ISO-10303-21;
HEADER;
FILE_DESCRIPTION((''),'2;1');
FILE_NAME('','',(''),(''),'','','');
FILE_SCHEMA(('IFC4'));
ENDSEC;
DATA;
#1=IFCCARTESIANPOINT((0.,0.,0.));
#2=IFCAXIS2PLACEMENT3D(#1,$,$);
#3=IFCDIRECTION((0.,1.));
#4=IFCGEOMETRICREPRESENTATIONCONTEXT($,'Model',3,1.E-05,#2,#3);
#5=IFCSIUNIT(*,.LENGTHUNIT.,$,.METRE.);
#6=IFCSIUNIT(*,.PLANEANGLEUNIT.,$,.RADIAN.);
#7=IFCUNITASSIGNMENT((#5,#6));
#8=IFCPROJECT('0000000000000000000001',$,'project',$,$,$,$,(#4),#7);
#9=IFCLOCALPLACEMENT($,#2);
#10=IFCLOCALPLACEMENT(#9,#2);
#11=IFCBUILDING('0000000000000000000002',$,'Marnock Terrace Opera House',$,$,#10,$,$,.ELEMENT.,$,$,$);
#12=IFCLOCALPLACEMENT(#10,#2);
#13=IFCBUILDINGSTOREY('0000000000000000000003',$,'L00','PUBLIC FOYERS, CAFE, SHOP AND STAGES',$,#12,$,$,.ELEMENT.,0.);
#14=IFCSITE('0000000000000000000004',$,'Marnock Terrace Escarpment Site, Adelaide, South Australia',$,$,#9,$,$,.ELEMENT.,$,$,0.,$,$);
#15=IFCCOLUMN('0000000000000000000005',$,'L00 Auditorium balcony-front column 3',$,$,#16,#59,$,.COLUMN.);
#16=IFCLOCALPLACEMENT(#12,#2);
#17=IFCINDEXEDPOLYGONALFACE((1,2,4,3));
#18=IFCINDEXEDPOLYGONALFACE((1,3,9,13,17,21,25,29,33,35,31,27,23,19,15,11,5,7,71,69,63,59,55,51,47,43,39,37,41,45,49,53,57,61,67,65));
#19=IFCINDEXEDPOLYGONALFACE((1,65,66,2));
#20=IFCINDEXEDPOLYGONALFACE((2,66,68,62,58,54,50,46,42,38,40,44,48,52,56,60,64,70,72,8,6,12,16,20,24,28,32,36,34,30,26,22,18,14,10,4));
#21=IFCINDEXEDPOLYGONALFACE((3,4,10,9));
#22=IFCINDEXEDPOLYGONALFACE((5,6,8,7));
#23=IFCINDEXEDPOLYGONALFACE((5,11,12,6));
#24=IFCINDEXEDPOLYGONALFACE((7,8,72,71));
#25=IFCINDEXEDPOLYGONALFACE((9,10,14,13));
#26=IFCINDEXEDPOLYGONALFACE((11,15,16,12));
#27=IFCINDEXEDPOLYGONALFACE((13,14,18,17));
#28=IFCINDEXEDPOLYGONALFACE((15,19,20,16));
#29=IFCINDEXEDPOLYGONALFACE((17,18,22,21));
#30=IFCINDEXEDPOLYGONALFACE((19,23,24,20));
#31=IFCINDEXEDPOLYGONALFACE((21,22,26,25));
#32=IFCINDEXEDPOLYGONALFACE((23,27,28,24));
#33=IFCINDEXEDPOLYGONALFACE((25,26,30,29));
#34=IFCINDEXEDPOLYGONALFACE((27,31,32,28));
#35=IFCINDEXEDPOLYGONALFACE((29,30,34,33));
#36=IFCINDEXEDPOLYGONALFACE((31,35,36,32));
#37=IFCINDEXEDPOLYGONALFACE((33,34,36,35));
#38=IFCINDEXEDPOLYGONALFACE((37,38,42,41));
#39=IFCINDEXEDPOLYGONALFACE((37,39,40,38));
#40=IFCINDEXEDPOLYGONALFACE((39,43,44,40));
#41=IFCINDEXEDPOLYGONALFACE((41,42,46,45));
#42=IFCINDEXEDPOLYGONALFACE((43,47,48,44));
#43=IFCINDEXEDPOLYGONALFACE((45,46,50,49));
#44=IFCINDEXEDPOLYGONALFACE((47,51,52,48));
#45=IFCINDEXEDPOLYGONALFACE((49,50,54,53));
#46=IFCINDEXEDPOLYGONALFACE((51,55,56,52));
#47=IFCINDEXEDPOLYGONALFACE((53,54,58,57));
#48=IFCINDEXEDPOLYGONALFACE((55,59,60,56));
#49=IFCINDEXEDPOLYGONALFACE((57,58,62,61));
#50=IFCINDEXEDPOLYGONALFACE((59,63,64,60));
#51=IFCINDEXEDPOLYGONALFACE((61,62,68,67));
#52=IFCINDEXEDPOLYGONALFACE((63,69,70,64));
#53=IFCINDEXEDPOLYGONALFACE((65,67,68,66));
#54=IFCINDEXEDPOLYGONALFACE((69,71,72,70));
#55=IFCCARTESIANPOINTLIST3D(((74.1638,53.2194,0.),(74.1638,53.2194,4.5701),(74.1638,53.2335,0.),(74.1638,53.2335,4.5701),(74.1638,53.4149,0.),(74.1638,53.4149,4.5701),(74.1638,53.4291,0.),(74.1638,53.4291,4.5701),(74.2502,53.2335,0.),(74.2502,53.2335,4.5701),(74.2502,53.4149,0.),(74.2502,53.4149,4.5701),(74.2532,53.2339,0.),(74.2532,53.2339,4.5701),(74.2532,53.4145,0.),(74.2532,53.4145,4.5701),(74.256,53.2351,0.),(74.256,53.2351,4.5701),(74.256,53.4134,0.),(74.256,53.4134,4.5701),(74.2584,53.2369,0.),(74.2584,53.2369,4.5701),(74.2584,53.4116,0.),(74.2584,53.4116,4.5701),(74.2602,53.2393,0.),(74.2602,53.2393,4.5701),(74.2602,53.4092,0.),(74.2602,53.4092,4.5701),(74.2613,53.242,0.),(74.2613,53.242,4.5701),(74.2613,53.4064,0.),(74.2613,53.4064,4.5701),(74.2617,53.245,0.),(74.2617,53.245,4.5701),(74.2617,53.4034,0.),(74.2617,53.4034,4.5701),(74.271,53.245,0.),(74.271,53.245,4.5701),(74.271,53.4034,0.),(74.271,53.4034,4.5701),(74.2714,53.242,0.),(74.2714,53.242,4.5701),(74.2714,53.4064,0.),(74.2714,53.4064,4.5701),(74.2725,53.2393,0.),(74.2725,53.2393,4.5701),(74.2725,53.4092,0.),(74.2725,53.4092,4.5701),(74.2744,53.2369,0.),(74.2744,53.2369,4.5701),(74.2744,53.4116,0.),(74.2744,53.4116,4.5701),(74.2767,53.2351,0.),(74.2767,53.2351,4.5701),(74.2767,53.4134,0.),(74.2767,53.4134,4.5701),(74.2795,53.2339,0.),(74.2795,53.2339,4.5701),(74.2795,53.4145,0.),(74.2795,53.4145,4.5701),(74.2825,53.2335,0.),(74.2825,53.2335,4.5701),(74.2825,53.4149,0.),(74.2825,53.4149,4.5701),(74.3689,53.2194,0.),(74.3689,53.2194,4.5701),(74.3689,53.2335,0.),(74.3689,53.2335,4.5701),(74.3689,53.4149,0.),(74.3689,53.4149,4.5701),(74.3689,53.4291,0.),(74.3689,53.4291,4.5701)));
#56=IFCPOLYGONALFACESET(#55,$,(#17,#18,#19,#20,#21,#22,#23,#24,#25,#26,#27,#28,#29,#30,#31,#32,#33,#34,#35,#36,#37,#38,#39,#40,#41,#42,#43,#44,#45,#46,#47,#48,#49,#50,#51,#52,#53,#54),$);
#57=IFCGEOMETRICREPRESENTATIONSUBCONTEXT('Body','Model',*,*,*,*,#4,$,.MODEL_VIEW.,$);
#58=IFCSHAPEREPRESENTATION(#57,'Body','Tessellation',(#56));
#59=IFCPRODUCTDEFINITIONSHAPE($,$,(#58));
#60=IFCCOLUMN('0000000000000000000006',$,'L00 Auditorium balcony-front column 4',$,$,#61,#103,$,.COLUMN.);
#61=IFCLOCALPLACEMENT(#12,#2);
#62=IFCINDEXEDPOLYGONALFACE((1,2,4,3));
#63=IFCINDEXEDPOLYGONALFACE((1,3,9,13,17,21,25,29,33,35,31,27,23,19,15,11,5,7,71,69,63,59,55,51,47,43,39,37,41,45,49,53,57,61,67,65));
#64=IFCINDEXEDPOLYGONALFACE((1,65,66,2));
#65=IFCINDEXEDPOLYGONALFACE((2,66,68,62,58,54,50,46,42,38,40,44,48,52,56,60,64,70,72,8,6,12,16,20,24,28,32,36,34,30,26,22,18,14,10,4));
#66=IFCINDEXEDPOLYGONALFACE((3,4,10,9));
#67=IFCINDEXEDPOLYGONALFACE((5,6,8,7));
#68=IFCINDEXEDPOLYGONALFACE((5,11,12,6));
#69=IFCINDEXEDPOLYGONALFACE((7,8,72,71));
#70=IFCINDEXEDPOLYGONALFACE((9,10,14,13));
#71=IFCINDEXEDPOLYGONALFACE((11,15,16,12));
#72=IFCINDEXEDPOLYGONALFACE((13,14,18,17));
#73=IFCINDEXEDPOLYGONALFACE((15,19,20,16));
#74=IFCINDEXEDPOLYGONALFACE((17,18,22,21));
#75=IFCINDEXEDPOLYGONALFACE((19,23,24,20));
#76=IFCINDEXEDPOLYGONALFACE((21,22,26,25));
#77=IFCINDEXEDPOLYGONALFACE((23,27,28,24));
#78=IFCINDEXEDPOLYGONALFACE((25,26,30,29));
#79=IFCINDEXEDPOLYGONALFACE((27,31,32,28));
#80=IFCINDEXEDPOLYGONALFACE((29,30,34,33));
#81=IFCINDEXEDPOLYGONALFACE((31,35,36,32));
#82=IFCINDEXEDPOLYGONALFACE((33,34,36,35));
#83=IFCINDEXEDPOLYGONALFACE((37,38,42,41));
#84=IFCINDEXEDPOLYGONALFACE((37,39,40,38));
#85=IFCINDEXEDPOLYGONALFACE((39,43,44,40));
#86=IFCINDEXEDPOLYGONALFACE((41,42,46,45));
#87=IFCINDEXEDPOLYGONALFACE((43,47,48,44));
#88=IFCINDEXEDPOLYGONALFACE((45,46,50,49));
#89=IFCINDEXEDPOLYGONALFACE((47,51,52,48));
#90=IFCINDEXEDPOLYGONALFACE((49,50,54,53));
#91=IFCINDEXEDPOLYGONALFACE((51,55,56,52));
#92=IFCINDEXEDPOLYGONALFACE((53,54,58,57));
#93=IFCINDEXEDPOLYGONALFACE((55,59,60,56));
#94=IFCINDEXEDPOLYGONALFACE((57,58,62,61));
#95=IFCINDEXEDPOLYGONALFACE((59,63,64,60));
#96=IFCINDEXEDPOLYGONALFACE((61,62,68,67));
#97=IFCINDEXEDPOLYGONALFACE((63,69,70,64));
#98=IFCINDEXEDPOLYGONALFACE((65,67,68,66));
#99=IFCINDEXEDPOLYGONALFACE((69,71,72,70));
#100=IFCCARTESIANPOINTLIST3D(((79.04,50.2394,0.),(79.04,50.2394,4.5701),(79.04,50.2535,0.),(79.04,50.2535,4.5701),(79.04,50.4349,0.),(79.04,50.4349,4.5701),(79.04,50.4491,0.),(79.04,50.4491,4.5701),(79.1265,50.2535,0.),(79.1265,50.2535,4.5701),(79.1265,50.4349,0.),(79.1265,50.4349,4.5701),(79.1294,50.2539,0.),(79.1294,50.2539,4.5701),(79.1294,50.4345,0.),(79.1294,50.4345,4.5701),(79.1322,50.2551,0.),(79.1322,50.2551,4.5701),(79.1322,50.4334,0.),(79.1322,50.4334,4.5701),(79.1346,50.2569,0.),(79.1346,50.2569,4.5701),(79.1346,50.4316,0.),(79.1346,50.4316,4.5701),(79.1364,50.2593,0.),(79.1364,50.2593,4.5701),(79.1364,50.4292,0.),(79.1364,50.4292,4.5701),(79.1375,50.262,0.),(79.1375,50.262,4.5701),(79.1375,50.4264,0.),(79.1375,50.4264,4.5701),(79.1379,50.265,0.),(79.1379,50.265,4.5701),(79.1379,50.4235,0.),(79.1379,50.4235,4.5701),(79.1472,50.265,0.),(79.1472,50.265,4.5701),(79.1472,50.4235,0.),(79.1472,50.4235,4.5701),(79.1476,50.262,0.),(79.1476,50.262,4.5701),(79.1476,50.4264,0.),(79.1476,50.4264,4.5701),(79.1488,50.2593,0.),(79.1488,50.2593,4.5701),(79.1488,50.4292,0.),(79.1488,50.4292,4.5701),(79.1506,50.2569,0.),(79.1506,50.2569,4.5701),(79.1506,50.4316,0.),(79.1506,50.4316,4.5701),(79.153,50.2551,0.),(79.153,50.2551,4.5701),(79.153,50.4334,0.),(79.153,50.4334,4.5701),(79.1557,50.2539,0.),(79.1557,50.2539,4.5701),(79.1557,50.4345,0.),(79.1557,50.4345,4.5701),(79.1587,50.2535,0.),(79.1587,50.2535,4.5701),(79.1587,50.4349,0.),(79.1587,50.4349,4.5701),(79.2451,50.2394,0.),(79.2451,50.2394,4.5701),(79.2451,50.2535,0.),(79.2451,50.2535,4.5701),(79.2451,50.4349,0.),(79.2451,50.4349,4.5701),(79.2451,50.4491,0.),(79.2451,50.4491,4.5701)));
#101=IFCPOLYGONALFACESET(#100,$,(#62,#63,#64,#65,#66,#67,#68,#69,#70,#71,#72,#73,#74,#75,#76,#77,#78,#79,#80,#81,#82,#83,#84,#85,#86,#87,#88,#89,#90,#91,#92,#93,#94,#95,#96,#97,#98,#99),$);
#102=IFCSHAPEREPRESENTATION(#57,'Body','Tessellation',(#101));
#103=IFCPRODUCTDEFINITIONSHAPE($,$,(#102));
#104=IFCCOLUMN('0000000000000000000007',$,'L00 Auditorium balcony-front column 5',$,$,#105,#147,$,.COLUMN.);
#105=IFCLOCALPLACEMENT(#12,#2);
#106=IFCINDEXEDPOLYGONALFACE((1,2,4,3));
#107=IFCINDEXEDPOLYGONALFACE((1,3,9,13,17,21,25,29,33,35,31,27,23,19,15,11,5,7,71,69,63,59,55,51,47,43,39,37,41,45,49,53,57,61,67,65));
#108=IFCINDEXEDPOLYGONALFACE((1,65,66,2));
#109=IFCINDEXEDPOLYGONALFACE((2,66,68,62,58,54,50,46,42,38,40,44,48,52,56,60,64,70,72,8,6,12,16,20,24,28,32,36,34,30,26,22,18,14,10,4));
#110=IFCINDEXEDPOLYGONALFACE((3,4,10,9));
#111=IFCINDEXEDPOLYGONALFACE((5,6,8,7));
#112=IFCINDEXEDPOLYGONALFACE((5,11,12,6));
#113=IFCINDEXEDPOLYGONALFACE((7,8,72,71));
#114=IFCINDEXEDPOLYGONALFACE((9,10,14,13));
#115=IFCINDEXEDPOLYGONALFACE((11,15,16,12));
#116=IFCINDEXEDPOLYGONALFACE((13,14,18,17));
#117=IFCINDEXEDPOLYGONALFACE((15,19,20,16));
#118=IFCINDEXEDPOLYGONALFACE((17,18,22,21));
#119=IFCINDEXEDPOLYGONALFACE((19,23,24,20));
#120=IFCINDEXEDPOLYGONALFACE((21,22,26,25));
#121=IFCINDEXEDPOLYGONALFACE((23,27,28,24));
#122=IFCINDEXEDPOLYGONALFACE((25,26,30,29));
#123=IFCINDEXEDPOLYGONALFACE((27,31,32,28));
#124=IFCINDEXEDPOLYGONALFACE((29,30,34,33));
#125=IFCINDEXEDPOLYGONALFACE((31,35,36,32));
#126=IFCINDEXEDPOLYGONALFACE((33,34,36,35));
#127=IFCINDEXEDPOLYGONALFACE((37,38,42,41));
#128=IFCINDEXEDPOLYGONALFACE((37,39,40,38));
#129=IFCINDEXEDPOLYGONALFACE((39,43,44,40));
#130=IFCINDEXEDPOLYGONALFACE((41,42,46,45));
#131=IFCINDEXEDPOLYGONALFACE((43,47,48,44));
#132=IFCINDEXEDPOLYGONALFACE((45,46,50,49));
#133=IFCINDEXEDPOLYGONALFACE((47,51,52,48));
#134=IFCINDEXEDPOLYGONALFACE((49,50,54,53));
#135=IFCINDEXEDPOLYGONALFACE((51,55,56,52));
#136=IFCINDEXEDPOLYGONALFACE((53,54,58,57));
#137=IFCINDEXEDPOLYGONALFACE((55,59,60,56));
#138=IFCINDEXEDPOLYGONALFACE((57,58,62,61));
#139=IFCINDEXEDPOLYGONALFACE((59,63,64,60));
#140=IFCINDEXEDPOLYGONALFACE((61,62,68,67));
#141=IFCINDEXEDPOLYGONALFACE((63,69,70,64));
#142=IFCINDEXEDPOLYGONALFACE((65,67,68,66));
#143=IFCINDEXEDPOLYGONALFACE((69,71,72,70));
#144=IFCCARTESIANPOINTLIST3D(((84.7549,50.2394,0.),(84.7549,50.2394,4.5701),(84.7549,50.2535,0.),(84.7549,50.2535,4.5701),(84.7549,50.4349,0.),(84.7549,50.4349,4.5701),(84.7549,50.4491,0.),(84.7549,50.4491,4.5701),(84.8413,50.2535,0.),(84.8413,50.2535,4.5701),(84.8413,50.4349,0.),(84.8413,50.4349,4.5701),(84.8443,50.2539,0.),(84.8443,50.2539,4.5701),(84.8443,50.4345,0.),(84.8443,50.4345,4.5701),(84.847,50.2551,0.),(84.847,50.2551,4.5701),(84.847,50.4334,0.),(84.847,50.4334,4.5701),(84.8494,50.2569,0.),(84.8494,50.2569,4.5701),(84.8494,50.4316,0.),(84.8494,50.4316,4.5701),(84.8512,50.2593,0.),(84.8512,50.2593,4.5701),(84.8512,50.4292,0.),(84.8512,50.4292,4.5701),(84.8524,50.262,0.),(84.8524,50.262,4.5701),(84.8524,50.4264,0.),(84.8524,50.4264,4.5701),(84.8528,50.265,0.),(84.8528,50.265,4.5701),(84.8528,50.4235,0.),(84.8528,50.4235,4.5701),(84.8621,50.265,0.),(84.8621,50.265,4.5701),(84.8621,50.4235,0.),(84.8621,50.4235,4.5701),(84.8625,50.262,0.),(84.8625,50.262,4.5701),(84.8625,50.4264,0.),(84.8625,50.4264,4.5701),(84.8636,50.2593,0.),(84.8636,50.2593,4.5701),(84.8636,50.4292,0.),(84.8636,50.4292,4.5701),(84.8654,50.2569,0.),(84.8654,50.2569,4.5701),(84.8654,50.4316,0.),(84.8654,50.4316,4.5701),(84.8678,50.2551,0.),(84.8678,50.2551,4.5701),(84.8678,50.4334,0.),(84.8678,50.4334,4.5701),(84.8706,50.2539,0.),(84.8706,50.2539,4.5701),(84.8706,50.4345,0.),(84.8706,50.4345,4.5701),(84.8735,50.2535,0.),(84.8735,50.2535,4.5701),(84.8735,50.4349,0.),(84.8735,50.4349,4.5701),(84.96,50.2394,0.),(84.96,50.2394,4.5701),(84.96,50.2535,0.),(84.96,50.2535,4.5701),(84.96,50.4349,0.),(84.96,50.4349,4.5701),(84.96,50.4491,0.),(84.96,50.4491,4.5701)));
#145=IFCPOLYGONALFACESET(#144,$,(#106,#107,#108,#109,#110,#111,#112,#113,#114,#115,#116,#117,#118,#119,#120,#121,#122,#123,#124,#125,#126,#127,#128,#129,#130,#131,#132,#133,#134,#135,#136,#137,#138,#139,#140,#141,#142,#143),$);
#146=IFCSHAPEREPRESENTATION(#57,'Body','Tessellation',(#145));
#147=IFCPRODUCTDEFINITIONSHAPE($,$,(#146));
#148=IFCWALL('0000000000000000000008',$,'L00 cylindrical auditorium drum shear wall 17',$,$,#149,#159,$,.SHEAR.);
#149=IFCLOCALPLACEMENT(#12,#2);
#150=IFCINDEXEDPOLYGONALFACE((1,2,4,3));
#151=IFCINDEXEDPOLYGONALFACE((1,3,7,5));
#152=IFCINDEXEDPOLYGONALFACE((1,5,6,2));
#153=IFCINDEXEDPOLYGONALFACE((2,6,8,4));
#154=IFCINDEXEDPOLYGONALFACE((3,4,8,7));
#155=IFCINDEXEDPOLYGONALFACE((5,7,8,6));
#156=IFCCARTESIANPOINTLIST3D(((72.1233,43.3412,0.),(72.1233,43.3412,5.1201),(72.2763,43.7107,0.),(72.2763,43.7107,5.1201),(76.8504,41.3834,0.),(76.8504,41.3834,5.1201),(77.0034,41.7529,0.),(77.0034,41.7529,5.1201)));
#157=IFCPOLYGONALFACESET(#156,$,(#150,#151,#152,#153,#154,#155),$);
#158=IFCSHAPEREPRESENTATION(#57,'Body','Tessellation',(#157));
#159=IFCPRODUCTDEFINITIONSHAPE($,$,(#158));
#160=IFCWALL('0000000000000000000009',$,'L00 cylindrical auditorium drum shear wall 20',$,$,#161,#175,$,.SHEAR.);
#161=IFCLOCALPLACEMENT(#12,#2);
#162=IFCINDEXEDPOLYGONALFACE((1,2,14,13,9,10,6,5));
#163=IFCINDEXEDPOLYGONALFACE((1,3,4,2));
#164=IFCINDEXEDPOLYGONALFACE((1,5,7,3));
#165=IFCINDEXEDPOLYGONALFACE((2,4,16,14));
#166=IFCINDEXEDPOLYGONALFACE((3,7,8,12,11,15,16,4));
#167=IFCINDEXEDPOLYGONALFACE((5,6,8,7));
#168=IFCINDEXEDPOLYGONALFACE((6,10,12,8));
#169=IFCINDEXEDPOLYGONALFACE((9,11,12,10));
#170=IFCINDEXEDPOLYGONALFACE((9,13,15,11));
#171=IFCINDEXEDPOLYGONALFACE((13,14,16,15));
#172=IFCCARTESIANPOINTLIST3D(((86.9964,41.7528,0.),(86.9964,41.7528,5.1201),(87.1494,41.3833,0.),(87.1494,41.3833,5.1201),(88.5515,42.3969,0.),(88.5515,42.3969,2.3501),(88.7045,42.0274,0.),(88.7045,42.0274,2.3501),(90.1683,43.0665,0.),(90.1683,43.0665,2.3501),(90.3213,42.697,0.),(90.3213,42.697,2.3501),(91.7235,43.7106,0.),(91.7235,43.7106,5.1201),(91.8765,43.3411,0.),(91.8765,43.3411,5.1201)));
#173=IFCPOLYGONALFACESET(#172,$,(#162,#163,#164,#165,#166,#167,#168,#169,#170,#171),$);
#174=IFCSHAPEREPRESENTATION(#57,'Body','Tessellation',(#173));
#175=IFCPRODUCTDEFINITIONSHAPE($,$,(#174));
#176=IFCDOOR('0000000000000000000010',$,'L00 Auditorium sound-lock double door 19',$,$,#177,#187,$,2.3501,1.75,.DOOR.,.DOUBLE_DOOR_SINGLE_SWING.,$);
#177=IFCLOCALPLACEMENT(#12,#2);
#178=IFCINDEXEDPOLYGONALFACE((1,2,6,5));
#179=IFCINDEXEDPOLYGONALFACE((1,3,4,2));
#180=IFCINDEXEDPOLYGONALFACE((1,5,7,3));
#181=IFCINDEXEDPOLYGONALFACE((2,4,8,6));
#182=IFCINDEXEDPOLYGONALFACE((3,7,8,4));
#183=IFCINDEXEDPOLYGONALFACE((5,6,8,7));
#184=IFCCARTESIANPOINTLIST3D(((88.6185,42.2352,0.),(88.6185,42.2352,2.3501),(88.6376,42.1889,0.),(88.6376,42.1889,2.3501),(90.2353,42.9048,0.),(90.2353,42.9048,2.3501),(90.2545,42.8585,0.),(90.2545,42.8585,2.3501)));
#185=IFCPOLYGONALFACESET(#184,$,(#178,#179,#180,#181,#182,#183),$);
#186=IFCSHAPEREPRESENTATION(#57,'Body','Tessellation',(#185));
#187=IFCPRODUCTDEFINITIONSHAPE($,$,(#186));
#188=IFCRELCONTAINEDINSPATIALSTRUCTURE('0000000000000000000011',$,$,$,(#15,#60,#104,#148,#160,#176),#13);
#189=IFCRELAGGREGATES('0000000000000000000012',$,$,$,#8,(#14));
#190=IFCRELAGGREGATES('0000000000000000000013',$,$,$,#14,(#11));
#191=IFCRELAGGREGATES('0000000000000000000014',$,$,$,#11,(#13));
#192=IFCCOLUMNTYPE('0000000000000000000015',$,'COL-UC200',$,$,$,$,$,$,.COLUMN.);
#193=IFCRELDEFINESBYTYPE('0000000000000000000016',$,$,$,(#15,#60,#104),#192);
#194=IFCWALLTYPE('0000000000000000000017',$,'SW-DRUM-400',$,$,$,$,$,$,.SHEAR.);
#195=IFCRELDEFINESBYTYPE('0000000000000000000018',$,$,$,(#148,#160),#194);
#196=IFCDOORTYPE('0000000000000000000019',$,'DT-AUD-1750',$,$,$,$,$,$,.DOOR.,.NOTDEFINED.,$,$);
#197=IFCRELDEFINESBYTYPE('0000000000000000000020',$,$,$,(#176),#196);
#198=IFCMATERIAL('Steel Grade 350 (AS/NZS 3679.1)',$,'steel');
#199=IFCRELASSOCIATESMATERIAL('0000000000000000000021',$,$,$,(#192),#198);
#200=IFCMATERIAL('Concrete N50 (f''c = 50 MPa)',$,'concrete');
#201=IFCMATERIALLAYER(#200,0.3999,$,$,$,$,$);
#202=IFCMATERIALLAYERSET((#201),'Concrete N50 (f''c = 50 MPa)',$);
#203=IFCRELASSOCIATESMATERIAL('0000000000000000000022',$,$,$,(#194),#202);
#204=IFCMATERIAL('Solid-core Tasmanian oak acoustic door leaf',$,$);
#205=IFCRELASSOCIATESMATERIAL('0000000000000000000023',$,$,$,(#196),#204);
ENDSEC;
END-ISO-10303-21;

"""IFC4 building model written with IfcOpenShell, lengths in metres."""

from ifc_helpers import new_model, si_unit, direction, frame, frame_2d, origin, origin_2d, place, context, subcontext, project, spatial, rectangle, i_section, extrude, material, layer, layer_set, material_profile, profile_set, type_object, element, fill, save


model = new_model("IFC4")

# Units and contexts
model_context = context("Model", 3, precision=1e-05, world=origin(), true_north=direction((0.0, 1.0)))
body_context = subcontext(model_context, "Body", "Model", "MODEL_VIEW")
ifc_project = project(units=[si_unit("LENGTHUNIT", "METRE"), si_unit("PLANEANGLEUNIT", "RADIAN")], contexts=[model_context])

# Site, building, storey
site_placement = place(None, origin())
site = spatial("IfcSite", under=ifc_project, at=site_placement, Name="Marnock Terrace Escarpment Site, Adelaide, South Australia", CompositionType="ELEMENT", RefElevation=0.0)
building_placement = place(site_placement, origin())
building = spatial("IfcBuilding", under=site, at=building_placement, Name="Marnock Terrace Opera House", CompositionType="ELEMENT")
storey_placement = place(building_placement, origin())
storey = spatial("IfcBuildingStorey", under=building, at=storey_placement, Name="L00", Description="PUBLIC FOYERS, CAFE, SHOP AND STAGES", CompositionType="ELEMENT", Elevation=0.0)

# Columns
ifc_material_1 = material(Name="Concrete N50 (f'c = 50 MPa)", Category="concrete")
ifc_material_2 = material(Name="Steel Grade 350 (AS/NZS 3679.1)", Category="steel")
ifc_material_profile_1 = material_profile(ifc_material_2, i_section(OverallWidth=0.2051, OverallDepth=0.2097, WebThickness=0.0093, FlangeThickness=0.0142, FilletRadius=0.0115, at=origin_2d()))
ifc_profile_set_1 = profile_set([ifc_material_profile_1], Name="Steel Grade 350 (AS/NZS 3679.1)")
column_type_1 = type_object("IfcColumnType", Name="COL-UC200", PredefinedType="COLUMN", material=ifc_profile_set_1)
for number, where, z_axis, x_axis, name in (
    (1, (74.2664, 53.3242, 0.0), (0.0, 0.0, 1.0), (1.0, 0.0, 0.0), "L00 Auditorium balcony-front column 3"),
    (2, (79.1426, 50.3442, 0.0), (0.0, 0.0, 1.0), (1.0, 0.0, 0.0), "L00 Auditorium balcony-front column 4"),
    (3, (84.8574, 50.3442, 0.0), (0.0, 0.0, 1.0), (1.0, 0.0, 0.0), "L00 Auditorium balcony-front column 5"),
):
    element("IfcColumn", number, at=place(storey_placement, frame(where, z_axis=z_axis, x_axis=x_axis)), inside=storey, type_object=column_type_1, Name=name, PredefinedType="COLUMN", context=body_context, shape_type="SweptSolid", body=[
        extrude(i_section(OverallWidth=0.2051, OverallDepth=0.2097, WebThickness=0.0093, FlangeThickness=0.0142, FilletRadius=0.0115, at=origin_2d()), origin(), (0.0, 0.0, 1.0), 4.5701),
    ])

# Wall
ifc_layer = layer(ifc_material_1, 0.3999)
ifc_layer_set = layer_set([ifc_layer], Name="Concrete N50 (f'c = 50 MPa)")
wall_type = type_object("IfcWallType", Name="SW-DRUM-400", PredefinedType="SHEAR", material=ifc_layer_set)
wall_1_placement = place(storey_placement, frame((72.2, 43.5259, 0.0), z_axis=(0.0, 0.0, 1.0), x_axis=(0.923896, -0.382643, 0.0)))
element("IfcWall", 4, at=wall_1_placement, inside=storey, type_object=wall_type, Name="L00 cylindrical auditorium drum shear wall 17", PredefinedType="SHEAR", context=body_context, shape_type="SweptSolid", body=[
    extrude(rectangle(XDim=5.1165, YDim=0.3999, at=frame_2d((2.5581, 0.0))), origin(), (0.0, 0.0, 1.0), 5.1201),
])

# Wall, opening, door
wall_2_placement = place(storey_placement, frame((87.073, 41.5681, 0.0), z_axis=(0.0, 0.0, 1.0), x_axis=(0.923896, 0.382643, 0.0)))
wall_2 = element("IfcWall", 5, at=wall_2_placement, inside=storey, type_object=wall_type, Name="L00 cylindrical auditorium drum shear wall 20", PredefinedType="SHEAR", context=body_context, shape_type="SweptSolid", body=[
    extrude(rectangle(XDim=5.1165, YDim=0.3999, at=frame_2d((2.5581, 0.0))), origin(), (0.0, 0.0, 1.0), 5.1201),
])
opening_placement = place(wall_2_placement, frame((1.6831, 0.0, 0.0)))
opening = element("IfcOpeningElement", 6, at=opening_placement, cuts=wall_2, PredefinedType="OPENING", context=body_context, shape_type="SweptSolid", body=[
    extrude(rectangle(XDim=1.75, YDim=2.3501, at=frame_2d((0.875, 1.175))), frame((0.0, 0.21, 0.0), z_axis=(0.0, -1.0, 0.0), x_axis=(1.0, 0.0, 0.0)), (0.0, 0.0, 1.0), 0.4199),
])
ifc_material_3 = material(Name="Solid-core Tasmanian oak acoustic door leaf")
door_type = type_object("IfcDoorType", Name="DT-AUD-1750", OperationType="NOTDEFINED", PredefinedType="DOOR", material=ifc_material_3)
door_placement = place(opening_placement, origin())
door = element("IfcDoor", 7, at=door_placement, inside=storey, type_object=door_type, Name="L00 Auditorium sound-lock double door 19", OperationType="DOUBLE_DOOR_SINGLE_SWING", OverallHeight=2.3501, OverallWidth=1.75, PredefinedType="DOOR", context=body_context, shape_type="SweptSolid", body=[
    extrude(rectangle(XDim=1.75, YDim=2.3501, at=frame_2d((0.875, 1.175))), frame((0.0, 0.0249, 0.0), z_axis=(0.0, -1.0, 0.0), x_axis=(1.0, 0.0, 0.0)), (0.0, 0.0, 1.0), 0.05),
])
fill(opening, door)

save(model, "model.ifc")
